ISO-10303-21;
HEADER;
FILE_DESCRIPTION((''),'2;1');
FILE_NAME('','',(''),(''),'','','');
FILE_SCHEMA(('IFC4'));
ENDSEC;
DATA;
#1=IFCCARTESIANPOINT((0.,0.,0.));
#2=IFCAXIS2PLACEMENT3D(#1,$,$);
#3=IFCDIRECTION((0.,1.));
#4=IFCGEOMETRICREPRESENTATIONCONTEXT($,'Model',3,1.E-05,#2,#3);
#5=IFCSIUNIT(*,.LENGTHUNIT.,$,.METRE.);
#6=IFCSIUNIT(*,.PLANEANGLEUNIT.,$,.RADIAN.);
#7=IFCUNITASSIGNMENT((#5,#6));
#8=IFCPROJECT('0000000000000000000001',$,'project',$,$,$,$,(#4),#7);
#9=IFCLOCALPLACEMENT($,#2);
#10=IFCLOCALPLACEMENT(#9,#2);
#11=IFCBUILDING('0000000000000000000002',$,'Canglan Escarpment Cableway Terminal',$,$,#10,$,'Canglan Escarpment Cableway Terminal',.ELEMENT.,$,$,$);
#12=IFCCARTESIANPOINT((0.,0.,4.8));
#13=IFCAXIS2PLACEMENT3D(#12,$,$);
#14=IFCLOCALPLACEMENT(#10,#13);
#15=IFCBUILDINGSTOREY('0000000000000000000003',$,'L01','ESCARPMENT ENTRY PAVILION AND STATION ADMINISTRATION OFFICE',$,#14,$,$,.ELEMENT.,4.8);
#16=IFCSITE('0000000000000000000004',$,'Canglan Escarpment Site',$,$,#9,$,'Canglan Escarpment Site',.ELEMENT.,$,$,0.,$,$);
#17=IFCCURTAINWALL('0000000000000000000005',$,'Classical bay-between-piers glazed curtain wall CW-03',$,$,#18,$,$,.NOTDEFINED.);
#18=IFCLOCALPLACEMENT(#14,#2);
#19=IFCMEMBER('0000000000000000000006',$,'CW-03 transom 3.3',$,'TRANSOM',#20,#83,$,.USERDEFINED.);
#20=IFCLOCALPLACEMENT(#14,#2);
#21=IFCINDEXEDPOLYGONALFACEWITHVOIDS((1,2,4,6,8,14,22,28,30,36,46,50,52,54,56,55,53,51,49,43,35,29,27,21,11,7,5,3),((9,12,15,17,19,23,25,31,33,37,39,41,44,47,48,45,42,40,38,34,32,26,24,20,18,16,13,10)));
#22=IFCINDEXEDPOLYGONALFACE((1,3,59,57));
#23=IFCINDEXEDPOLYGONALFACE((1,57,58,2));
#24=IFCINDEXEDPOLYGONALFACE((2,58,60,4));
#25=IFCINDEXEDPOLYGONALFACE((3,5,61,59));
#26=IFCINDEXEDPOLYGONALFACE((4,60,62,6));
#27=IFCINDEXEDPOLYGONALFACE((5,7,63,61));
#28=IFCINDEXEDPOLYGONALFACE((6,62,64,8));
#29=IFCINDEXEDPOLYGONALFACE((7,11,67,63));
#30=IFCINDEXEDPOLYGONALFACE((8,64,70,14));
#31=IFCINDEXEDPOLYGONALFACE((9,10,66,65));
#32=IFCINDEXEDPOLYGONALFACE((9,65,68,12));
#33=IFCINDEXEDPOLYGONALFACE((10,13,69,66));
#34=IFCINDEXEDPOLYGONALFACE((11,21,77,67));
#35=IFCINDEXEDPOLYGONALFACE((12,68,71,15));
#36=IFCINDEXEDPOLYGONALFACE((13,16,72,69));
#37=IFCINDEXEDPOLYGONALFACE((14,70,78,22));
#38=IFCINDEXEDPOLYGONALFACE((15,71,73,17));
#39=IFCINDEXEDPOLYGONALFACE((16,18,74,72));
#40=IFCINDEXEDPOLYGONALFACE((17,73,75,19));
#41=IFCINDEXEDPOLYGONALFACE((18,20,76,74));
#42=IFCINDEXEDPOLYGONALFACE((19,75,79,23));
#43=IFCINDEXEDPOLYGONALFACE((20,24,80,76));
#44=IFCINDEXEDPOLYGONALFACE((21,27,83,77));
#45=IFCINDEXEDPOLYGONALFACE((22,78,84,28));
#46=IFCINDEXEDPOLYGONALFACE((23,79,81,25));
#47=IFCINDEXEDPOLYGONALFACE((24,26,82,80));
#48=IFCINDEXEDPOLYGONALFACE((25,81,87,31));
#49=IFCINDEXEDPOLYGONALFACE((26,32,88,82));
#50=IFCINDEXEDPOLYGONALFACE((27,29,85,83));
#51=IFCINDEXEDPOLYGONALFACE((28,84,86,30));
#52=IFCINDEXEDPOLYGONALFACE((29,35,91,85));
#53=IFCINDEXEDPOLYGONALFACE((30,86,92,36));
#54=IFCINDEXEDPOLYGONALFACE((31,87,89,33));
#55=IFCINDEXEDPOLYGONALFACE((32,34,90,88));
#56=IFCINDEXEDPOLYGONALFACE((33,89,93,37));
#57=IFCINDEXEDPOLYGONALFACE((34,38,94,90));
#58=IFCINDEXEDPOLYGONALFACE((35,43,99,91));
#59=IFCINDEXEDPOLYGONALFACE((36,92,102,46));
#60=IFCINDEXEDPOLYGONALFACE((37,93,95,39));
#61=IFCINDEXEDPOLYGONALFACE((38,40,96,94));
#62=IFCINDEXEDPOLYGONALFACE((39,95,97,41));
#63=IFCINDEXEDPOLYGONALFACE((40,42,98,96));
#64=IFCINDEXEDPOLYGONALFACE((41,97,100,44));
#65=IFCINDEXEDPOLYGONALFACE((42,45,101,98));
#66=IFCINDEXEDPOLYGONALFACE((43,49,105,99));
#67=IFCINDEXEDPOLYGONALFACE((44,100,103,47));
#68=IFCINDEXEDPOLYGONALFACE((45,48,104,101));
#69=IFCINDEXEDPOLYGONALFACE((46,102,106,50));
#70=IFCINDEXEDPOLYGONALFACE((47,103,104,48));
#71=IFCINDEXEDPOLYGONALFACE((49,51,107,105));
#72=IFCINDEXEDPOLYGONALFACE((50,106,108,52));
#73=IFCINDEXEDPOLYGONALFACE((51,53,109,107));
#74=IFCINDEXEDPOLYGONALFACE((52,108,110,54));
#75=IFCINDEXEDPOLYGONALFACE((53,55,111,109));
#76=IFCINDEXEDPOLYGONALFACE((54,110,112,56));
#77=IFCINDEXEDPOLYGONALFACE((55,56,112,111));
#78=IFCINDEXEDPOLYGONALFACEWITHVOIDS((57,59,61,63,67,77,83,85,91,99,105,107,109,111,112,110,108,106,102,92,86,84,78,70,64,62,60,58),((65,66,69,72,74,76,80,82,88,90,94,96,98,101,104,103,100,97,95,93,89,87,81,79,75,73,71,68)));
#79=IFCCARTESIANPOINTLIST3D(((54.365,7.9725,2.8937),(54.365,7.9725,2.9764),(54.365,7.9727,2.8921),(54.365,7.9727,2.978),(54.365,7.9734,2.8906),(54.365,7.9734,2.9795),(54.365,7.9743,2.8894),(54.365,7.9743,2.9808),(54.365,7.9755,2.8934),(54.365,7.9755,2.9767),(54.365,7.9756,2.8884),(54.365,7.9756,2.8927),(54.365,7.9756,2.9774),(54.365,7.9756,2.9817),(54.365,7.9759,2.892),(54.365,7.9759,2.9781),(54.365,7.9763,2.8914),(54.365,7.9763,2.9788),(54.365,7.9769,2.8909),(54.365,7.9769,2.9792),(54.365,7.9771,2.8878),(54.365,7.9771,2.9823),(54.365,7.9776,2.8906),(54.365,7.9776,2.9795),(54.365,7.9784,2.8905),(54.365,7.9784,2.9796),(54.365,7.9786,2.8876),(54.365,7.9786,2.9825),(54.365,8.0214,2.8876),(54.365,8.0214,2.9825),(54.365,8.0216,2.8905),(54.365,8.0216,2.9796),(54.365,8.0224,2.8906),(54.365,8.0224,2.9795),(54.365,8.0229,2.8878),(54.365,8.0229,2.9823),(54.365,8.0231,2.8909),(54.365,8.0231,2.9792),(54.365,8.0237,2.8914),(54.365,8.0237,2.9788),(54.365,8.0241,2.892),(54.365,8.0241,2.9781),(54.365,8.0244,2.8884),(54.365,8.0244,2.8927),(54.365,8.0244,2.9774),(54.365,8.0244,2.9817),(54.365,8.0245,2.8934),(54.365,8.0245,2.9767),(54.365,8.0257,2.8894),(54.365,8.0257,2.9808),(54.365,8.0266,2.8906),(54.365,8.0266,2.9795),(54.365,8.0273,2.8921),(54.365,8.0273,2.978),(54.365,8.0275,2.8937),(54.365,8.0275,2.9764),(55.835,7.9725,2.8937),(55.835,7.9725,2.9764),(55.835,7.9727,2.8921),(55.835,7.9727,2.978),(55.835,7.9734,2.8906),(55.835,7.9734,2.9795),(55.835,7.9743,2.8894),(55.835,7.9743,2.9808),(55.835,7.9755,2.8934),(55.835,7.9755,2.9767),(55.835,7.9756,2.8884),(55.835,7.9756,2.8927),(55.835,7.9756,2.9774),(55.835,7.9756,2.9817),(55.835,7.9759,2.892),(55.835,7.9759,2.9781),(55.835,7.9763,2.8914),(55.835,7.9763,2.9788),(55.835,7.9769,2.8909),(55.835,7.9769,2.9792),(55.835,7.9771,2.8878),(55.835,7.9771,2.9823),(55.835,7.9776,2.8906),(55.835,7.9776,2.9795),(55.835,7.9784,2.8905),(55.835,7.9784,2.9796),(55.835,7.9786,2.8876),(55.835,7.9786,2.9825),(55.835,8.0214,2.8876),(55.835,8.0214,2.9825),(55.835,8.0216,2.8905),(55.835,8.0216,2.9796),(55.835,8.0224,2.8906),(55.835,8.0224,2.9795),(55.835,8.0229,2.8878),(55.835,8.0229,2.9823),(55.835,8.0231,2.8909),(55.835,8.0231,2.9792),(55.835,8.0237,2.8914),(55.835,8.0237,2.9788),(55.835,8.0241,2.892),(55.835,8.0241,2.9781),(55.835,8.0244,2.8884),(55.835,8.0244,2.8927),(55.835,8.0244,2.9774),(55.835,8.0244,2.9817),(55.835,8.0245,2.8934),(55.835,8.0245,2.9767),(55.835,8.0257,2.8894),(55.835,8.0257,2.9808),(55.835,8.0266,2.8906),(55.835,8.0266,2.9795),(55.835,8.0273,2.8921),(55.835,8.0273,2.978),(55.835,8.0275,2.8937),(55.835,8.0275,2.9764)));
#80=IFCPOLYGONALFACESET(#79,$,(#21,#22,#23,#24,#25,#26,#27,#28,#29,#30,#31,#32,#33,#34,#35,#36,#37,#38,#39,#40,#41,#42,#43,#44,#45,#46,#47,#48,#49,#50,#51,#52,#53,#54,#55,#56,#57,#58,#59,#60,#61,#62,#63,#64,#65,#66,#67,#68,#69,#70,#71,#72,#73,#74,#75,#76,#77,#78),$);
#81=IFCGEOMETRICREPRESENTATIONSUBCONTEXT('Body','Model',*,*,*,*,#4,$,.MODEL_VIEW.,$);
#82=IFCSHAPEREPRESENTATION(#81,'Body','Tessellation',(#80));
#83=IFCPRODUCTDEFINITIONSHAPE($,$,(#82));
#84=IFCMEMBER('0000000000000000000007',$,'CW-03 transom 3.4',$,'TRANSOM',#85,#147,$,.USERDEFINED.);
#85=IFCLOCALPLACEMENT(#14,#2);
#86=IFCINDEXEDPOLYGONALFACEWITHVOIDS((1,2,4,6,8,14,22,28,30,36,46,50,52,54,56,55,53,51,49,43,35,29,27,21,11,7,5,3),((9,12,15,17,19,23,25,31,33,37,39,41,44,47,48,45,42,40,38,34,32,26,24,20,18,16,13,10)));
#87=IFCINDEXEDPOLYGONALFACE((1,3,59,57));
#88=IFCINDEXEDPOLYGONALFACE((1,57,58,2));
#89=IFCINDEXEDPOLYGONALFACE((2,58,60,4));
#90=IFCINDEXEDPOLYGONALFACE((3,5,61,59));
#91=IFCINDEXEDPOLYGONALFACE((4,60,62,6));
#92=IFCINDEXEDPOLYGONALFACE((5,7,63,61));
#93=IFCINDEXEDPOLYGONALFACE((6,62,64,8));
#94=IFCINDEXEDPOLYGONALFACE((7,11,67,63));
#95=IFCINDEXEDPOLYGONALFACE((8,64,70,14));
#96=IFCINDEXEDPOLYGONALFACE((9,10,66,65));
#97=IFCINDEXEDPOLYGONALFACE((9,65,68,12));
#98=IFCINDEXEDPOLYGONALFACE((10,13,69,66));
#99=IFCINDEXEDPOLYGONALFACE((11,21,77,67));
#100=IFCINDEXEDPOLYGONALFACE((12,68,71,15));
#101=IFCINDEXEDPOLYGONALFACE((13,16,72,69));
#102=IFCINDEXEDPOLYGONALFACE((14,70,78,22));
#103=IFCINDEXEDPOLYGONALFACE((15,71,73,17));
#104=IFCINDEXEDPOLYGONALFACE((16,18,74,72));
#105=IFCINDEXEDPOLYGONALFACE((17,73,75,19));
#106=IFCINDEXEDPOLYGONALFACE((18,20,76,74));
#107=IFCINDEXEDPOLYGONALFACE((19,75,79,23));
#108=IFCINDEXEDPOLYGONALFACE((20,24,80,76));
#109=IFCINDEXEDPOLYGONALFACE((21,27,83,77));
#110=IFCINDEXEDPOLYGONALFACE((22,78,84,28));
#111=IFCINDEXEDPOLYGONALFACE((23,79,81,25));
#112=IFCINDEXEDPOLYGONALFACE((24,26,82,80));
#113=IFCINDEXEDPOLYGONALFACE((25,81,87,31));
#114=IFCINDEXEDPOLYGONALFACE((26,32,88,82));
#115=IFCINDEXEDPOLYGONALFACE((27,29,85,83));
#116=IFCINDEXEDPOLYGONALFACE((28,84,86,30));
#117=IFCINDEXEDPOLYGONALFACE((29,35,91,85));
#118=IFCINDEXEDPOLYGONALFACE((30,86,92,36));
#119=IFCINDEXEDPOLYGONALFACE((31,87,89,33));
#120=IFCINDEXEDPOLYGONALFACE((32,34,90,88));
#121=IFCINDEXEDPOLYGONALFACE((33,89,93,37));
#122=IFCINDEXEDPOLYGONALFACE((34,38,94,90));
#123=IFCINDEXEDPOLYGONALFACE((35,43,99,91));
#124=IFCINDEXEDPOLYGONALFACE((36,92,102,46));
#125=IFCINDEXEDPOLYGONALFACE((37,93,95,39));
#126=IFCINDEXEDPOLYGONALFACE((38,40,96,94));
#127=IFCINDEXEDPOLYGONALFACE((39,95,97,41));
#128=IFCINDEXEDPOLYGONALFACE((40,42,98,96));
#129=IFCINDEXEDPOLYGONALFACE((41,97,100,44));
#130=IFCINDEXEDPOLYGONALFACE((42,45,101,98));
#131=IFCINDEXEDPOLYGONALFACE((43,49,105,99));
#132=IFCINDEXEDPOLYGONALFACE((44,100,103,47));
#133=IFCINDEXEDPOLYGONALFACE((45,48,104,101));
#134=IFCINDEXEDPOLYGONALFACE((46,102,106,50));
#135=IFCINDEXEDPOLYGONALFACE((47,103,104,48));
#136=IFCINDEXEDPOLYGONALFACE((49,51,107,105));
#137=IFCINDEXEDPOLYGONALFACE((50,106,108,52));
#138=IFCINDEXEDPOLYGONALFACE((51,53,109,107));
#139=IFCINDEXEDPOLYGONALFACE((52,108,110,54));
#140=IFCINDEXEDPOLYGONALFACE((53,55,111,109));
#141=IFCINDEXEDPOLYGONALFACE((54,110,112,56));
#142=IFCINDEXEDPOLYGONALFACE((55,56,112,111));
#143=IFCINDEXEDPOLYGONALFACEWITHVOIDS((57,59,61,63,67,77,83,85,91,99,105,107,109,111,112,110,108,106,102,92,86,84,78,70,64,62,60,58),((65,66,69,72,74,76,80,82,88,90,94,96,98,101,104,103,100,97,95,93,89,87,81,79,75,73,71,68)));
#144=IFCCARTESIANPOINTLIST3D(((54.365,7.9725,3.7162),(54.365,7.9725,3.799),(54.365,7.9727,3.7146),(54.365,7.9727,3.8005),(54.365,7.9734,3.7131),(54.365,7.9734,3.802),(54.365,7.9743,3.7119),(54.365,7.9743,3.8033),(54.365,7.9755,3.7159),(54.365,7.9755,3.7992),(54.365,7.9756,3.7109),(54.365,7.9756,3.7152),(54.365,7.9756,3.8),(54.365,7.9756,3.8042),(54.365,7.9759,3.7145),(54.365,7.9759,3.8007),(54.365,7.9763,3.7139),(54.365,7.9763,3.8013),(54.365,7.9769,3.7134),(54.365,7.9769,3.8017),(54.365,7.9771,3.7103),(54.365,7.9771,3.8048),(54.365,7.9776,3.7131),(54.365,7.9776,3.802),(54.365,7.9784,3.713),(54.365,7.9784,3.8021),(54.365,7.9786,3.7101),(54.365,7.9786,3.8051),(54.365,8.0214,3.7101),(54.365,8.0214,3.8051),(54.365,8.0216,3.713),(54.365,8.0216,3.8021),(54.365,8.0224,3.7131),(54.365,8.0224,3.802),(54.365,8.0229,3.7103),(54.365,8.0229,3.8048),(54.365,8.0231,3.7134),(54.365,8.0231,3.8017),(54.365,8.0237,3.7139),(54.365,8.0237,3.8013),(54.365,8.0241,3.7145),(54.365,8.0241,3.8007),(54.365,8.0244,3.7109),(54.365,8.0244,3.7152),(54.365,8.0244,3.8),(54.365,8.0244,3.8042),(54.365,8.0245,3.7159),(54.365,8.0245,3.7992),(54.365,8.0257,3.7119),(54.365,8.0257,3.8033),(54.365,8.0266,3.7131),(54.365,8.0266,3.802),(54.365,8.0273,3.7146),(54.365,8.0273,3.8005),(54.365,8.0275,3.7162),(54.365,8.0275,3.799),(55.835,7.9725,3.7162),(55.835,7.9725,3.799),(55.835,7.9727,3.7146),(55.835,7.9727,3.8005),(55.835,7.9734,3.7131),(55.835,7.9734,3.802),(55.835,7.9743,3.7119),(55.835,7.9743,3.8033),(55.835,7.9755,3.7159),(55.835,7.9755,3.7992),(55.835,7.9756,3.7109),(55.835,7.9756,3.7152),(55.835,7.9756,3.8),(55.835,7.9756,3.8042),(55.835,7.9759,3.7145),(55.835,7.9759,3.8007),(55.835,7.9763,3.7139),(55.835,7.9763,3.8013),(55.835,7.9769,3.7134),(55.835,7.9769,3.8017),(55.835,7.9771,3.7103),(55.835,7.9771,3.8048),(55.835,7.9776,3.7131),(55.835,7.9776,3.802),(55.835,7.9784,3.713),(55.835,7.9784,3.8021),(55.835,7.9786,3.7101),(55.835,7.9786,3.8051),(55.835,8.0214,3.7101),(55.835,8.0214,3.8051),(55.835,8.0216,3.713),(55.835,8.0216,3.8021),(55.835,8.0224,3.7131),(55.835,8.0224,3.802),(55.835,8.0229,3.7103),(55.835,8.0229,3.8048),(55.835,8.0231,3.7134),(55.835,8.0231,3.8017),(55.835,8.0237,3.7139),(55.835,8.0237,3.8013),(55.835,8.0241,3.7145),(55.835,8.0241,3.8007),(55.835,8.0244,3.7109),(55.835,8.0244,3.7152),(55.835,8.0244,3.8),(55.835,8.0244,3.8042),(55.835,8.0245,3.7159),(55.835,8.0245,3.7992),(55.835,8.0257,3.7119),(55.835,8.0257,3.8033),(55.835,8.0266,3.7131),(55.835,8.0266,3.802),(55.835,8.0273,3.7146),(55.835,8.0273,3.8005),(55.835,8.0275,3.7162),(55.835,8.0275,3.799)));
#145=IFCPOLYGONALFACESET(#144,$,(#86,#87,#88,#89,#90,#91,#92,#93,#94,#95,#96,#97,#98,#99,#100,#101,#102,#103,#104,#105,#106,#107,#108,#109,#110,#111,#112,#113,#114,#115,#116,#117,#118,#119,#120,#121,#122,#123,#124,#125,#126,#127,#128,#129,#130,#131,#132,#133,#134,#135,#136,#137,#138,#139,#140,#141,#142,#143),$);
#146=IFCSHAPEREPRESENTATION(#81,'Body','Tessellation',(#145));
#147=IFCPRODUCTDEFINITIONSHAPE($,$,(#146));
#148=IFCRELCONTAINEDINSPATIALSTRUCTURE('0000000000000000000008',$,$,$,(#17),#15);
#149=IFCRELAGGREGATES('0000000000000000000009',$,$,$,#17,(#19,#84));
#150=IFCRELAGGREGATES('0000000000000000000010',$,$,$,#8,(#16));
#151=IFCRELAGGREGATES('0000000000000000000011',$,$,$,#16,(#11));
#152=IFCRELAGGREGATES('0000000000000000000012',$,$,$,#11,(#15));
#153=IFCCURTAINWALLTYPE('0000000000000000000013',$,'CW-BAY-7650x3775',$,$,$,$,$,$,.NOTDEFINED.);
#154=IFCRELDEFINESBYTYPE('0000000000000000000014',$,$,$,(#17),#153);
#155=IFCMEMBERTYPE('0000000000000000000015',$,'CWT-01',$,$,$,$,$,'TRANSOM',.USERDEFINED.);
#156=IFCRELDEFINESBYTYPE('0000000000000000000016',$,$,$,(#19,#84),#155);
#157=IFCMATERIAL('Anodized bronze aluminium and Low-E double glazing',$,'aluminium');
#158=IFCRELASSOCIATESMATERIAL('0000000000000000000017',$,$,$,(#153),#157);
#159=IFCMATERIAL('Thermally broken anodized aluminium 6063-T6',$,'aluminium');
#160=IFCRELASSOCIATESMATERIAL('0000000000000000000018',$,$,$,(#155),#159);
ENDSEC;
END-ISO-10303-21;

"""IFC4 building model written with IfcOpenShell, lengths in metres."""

from ifc_helpers import new_model, si_unit, direction, frame, origin, origin_2d, place, context, subcontext, project, spatial, hollow_rectangle, extrude, material, material_profile, profile_set, type_object, element, aggregate, save


model = new_model("IFC4")

# Units and contexts
model_context = context("Model", 3, precision=1e-05, world=origin(), true_north=direction((0.0, 1.0)))
body_context = subcontext(model_context, "Body", "Model", "MODEL_VIEW")
ifc_project = project(units=[si_unit("LENGTHUNIT", "METRE"), si_unit("PLANEANGLEUNIT", "RADIAN")], contexts=[model_context])

# Site, building, storey
site_placement = place(None, origin())
site = spatial("IfcSite", under=ifc_project, at=site_placement, Name="Canglan Escarpment Site", LongName="Canglan Escarpment Site", CompositionType="ELEMENT", RefElevation=0.0)
building_placement = place(site_placement, origin())
building = spatial("IfcBuilding", under=site, at=building_placement, Name="Canglan Escarpment Cableway Terminal", LongName="Canglan Escarpment Cableway Terminal", CompositionType="ELEMENT")
storey_placement = place(building_placement, frame((0.0, 0.0, 4.8)))
storey = spatial("IfcBuildingStorey", under=building, at=storey_placement, Name="L01", Description="ESCARPMENT ENTRY PAVILION AND STATION ADMINISTRATION OFFICE", CompositionType="ELEMENT", Elevation=4.8)

# Curtain wall, members
ifc_material_1 = material(Name="Anodized bronze aluminium and Low-E double glazing", Category="aluminium")
curtain_wall_type = type_object("IfcCurtainWallType", Name="CW-BAY-7650x3775", PredefinedType="NOTDEFINED", material=ifc_material_1)
curtain_wall_placement = place(storey_placement, origin())
curtain_wall = element("IfcCurtainWall", 1, at=curtain_wall_placement, inside=storey, type_object=curtain_wall_type, Name="Classical bay-between-piers glazed curtain wall CW-03", PredefinedType="NOTDEFINED")
ifc_material_2 = material(Name="Thermally broken anodized aluminium 6063-T6", Category="aluminium")
ifc_material_profile_1 = material_profile(ifc_material_2, hollow_rectangle(XDim=0.0549, YDim=0.095, WallThickness=0.0029, InnerFilletRadius=0.0029, OuterFilletRadius=0.0061, at=origin_2d()), Name="ALU-TRAN 55x95x3")
ifc_profile_set_1 = profile_set([ifc_material_profile_1], Name="Thermally broken anodized aluminium 6063-T6")
member_type_1 = type_object("IfcMemberType", Name="CWT-01", ElementType="TRANSOM", PredefinedType="USERDEFINED", material=ifc_profile_set_1)
member_1_placement = place(storey_placement, frame((54.365, 8.0, 2.9351), z_axis=(1.0, 0.0, 0.0), x_axis=(0.0, 1.0, 0.0)))
member_1 = element("IfcMember", 2, at=member_1_placement, type_object=member_type_1, Name="CW-03 transom 3.3", ObjectType="TRANSOM", PredefinedType="USERDEFINED", context=body_context, shape_type="SweptSolid", body=[
    extrude(hollow_rectangle(XDim=0.0549, YDim=0.095, WallThickness=0.0029, InnerFilletRadius=0.0029, OuterFilletRadius=0.0061, at=origin_2d()), origin(), (0.0, 0.0, 1.0), 1.47),
])
member_2_placement = place(storey_placement, frame((54.365, 8.0, 3.7576), z_axis=(1.0, 0.0, 0.0), x_axis=(0.0, 1.0, 0.0)))
member_2 = element("IfcMember", 3, at=member_2_placement, type_object=member_type_1, Name="CW-03 transom 3.4", ObjectType="TRANSOM", PredefinedType="USERDEFINED", context=body_context, shape_type="SweptSolid", body=[
    extrude(hollow_rectangle(XDim=0.0549, YDim=0.095, WallThickness=0.0029, InnerFilletRadius=0.0029, OuterFilletRadius=0.0061, at=origin_2d()), origin(), (0.0, 0.0, 1.0), 1.47),
])
aggregate(curtain_wall, [member_1, member_2])

save(model, "model.ifc")
